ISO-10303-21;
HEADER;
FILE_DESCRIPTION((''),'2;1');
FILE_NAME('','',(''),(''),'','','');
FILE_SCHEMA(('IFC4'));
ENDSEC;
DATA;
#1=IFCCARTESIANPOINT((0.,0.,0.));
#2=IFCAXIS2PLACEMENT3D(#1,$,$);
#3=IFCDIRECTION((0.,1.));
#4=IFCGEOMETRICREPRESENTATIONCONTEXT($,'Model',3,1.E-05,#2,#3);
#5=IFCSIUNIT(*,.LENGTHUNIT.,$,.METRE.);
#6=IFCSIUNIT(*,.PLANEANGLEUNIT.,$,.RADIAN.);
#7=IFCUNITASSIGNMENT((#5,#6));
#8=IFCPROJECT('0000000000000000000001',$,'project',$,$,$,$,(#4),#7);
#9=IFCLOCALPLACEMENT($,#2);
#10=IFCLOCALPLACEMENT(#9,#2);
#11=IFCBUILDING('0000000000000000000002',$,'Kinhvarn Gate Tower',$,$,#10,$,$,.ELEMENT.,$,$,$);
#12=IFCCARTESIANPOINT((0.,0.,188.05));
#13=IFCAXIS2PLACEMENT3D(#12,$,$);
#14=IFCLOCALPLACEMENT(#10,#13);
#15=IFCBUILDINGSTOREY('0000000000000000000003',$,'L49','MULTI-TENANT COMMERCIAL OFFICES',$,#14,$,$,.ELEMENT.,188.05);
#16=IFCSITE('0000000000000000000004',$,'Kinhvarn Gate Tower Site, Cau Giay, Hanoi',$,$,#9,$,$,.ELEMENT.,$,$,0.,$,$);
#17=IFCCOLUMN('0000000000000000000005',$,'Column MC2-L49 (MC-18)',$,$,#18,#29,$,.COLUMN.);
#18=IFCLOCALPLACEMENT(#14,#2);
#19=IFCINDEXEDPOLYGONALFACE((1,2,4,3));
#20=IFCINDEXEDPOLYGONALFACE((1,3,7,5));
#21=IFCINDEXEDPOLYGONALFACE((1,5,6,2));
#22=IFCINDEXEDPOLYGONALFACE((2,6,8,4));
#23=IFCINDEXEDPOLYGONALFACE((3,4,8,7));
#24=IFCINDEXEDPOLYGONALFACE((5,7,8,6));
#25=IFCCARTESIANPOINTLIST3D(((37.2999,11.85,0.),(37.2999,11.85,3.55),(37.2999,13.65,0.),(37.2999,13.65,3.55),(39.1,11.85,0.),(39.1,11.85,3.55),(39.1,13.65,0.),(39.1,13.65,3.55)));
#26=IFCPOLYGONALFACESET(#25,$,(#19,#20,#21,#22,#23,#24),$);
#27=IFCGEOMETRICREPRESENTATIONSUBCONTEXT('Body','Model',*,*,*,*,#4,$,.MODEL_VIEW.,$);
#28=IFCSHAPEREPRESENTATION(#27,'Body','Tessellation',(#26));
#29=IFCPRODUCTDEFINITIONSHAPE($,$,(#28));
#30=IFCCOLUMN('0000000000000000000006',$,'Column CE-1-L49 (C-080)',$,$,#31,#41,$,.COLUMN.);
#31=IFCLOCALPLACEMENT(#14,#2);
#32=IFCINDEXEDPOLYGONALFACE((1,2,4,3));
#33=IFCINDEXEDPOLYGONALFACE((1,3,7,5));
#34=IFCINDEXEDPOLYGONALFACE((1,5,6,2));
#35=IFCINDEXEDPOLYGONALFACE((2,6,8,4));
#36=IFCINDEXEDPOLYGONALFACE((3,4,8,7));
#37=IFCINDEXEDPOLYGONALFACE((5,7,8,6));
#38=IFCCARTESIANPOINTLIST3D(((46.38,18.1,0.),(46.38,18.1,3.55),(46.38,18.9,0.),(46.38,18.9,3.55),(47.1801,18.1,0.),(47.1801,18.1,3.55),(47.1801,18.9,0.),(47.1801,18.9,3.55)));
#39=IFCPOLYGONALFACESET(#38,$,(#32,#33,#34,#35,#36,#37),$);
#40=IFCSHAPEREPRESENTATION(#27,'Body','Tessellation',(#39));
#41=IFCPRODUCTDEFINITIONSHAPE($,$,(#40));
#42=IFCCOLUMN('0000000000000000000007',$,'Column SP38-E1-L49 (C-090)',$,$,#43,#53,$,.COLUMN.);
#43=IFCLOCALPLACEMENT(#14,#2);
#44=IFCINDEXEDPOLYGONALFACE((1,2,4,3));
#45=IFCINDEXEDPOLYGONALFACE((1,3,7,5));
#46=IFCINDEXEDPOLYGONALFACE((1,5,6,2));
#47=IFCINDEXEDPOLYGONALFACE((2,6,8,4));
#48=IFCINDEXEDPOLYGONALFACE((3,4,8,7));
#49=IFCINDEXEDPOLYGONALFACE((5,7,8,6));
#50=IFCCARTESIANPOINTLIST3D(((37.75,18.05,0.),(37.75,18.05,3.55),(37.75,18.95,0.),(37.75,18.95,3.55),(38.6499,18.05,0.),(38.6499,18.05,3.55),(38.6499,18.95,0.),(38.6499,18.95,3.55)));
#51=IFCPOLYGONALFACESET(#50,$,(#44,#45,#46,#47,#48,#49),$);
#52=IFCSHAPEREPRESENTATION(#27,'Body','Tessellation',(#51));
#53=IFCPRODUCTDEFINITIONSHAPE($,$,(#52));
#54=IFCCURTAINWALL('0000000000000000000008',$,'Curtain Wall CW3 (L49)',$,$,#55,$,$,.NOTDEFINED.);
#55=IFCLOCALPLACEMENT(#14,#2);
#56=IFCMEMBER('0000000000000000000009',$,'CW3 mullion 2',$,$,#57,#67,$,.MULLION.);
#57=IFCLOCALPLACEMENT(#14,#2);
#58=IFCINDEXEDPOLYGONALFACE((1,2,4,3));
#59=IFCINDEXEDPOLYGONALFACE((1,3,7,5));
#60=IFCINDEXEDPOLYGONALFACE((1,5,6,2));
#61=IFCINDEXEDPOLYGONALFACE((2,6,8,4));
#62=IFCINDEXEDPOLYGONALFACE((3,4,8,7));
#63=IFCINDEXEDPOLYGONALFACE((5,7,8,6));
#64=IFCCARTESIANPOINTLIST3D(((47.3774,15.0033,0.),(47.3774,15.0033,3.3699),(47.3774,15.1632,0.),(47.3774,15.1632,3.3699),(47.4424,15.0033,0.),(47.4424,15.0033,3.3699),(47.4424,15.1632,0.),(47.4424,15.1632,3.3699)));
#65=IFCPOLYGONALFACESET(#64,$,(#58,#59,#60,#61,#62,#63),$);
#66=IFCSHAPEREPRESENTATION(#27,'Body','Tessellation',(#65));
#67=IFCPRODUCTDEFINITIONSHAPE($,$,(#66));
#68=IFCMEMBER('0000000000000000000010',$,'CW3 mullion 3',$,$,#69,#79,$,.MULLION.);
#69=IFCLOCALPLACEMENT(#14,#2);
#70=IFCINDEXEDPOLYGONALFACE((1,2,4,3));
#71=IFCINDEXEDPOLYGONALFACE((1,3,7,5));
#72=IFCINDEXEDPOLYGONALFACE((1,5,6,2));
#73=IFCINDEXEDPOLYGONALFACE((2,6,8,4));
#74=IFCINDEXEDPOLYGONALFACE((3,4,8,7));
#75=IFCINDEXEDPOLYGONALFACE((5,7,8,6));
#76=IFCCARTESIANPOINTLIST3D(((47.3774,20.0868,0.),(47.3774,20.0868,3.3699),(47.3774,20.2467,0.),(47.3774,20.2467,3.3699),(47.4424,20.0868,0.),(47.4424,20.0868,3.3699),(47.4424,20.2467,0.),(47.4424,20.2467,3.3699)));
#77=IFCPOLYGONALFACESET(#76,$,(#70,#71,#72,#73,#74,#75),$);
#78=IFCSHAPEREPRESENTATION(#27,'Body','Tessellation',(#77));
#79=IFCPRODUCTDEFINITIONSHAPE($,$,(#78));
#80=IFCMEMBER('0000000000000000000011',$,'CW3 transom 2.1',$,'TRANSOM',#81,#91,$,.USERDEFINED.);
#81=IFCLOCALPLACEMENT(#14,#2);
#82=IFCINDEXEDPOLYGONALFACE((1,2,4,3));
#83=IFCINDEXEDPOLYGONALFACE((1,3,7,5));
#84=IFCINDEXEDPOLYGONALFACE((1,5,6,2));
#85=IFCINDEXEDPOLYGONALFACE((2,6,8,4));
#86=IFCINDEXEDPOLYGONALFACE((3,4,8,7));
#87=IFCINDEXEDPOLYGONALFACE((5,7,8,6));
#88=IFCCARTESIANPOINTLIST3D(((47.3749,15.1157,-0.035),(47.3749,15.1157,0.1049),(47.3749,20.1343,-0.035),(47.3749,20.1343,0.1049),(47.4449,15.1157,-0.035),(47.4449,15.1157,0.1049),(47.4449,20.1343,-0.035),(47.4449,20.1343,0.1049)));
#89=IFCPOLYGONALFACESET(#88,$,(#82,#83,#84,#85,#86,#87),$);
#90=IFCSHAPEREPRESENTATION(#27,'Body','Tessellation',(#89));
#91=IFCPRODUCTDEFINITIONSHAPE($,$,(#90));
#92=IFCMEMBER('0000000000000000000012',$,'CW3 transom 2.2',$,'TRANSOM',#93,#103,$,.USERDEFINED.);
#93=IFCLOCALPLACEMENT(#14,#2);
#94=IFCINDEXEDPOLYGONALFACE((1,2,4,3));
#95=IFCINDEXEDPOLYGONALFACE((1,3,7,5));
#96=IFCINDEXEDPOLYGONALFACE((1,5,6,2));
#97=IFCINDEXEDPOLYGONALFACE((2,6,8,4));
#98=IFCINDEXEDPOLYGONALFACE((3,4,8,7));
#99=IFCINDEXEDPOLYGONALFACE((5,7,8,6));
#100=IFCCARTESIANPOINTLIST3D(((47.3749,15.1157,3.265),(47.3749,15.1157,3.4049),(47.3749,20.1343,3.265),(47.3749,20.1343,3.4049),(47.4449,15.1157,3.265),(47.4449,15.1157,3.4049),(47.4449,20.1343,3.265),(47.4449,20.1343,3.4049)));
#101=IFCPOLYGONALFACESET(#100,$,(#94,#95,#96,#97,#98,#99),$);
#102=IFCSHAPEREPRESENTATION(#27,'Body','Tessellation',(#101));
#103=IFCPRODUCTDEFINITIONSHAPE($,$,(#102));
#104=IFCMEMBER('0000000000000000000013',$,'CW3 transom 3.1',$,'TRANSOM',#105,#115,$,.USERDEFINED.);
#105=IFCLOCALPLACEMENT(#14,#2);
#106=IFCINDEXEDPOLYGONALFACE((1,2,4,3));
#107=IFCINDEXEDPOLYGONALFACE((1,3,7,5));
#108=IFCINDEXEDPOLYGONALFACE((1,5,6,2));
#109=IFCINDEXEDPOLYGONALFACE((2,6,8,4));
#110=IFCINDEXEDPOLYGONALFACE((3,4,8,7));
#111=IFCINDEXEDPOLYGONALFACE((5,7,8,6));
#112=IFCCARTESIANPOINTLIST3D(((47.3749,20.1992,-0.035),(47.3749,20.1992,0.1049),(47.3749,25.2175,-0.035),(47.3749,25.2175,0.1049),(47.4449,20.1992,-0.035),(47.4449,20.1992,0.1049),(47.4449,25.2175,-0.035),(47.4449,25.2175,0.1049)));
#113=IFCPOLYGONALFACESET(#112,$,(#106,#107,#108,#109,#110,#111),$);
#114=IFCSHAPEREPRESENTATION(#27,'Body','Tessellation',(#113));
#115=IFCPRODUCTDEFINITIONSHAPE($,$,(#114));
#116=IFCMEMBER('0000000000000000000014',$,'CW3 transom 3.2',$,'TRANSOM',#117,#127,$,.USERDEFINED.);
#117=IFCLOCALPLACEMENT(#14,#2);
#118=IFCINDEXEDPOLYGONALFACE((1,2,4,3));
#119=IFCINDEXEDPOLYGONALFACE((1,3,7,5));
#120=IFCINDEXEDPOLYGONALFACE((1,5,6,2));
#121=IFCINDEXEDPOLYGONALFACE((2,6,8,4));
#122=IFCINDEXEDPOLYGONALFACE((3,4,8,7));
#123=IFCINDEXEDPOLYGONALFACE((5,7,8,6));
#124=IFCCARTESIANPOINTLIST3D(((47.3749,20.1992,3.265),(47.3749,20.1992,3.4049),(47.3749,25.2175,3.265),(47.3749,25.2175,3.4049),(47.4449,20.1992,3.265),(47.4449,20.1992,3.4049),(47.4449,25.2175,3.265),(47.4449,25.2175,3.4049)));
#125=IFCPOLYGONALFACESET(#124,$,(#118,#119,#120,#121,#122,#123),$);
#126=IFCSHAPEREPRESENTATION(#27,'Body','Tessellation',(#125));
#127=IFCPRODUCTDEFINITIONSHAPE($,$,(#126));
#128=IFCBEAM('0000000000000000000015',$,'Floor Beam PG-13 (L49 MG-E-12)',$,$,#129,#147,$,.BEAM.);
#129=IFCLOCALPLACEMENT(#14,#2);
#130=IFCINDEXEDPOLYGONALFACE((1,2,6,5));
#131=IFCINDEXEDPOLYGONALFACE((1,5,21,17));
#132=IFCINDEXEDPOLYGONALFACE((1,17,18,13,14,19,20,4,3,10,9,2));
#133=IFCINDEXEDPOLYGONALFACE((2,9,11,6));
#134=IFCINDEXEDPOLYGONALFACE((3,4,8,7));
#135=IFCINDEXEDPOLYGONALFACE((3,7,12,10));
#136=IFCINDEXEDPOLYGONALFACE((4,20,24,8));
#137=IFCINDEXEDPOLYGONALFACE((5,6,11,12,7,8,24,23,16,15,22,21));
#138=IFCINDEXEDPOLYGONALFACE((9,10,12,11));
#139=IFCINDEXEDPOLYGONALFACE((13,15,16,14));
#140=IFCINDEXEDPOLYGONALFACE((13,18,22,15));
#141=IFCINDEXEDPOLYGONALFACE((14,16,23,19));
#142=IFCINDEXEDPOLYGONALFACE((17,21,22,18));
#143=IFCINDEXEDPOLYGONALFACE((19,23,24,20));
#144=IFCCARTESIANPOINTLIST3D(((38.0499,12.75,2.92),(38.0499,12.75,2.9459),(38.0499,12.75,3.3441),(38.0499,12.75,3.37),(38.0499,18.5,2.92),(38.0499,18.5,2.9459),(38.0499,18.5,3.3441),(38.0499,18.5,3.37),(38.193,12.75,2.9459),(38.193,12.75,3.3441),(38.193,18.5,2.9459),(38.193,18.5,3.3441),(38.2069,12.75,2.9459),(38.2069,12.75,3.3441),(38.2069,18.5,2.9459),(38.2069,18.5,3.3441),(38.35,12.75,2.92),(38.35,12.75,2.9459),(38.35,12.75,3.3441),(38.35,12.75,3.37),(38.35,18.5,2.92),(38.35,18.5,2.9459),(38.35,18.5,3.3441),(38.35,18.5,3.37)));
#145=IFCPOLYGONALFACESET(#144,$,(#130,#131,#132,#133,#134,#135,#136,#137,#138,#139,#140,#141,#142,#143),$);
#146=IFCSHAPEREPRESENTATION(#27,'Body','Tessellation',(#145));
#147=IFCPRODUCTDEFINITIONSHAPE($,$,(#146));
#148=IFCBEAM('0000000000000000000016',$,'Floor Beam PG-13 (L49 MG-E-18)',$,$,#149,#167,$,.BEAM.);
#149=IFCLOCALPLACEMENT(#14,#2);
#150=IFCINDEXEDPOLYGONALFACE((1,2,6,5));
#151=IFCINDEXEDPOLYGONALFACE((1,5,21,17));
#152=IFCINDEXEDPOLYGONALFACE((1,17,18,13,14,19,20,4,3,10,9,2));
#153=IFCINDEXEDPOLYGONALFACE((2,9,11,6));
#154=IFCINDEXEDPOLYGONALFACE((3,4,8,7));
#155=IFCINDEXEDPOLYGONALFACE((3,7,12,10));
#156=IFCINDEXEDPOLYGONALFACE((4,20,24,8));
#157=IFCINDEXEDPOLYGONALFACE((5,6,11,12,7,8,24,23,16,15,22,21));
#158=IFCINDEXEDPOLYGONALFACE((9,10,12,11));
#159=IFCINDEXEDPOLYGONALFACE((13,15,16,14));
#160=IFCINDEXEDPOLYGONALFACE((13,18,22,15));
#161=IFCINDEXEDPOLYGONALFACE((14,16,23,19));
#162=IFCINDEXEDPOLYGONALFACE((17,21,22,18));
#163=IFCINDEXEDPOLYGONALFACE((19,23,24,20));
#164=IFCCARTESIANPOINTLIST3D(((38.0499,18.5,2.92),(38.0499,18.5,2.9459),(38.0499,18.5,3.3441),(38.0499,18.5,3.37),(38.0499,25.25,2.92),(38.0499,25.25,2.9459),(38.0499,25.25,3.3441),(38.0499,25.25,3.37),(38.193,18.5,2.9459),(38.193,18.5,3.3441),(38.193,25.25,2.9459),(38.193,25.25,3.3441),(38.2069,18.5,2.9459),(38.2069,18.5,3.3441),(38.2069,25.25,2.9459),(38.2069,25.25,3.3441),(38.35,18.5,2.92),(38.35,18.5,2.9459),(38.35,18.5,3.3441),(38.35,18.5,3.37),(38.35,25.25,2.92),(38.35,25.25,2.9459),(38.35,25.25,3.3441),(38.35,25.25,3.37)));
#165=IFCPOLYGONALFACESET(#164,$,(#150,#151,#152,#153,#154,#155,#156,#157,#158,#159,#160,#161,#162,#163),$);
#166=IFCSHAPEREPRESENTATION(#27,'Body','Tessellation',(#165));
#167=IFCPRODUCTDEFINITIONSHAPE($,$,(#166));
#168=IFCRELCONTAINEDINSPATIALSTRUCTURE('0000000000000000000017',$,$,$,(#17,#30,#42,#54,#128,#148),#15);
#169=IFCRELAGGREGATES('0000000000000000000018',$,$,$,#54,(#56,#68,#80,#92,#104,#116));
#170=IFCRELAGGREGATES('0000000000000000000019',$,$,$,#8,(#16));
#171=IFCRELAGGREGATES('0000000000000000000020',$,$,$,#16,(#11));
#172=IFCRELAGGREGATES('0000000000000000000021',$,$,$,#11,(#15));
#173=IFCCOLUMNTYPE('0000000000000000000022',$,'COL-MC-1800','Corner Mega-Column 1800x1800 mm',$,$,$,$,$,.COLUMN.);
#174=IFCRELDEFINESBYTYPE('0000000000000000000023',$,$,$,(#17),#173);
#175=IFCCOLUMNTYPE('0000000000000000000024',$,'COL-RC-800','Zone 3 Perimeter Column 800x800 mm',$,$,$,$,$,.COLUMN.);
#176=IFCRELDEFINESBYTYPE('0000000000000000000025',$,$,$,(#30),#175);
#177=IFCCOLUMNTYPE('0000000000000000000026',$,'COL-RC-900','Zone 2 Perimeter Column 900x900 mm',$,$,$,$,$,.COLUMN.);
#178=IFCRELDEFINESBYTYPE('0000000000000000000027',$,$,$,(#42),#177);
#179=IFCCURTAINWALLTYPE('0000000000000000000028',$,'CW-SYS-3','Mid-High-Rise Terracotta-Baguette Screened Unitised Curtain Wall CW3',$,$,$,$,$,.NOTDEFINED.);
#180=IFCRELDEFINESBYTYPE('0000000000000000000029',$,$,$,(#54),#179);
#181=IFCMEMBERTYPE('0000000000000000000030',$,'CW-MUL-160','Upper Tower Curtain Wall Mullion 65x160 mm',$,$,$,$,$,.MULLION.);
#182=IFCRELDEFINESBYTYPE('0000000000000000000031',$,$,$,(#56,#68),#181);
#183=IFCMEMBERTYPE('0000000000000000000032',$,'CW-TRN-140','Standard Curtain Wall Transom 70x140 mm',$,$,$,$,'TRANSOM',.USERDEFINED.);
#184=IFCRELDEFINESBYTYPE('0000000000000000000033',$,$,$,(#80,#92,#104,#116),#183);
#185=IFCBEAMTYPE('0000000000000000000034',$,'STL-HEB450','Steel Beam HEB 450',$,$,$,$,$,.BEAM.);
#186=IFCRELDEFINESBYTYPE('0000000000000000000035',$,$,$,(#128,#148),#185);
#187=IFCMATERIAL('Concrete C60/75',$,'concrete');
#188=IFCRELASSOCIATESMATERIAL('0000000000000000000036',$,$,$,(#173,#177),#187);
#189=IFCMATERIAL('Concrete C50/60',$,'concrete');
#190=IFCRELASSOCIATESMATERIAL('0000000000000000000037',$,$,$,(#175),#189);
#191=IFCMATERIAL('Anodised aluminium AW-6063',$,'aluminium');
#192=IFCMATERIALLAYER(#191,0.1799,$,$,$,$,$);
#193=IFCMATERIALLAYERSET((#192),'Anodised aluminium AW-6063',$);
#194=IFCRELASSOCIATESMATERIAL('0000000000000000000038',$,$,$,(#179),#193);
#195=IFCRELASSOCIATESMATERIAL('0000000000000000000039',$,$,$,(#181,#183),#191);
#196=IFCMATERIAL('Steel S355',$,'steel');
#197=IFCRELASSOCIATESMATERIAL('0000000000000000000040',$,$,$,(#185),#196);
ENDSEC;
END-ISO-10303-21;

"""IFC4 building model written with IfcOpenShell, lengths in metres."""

from ifc_helpers import new_model, si_unit, direction, frame, origin, origin_2d, place, context, subcontext, project, spatial, rectangle, i_section, extrude, material, layer, layer_set, material_profile, profile_set, type_object, element, aggregate, save


model = new_model("IFC4")

# Units and contexts
model_context = context("Model", 3, precision=1e-05, world=origin(), true_north=direction((0.0, 1.0)))
body_context = subcontext(model_context, "Body", "Model", "MODEL_VIEW")
ifc_project = project(units=[si_unit("LENGTHUNIT", "METRE"), si_unit("PLANEANGLEUNIT", "RADIAN")], contexts=[model_context])

# Site, building, storey
site_placement = place(None, origin())
site = spatial("IfcSite", under=ifc_project, at=site_placement, Name="Kinhvarn Gate Tower Site, Cau Giay, Hanoi", CompositionType="ELEMENT", RefElevation=0.0)
building_placement = place(site_placement, origin())
building = spatial("IfcBuilding", under=site, at=building_placement, Name="Kinhvarn Gate Tower", CompositionType="ELEMENT")
storey_placement = place(building_placement, frame((0.0, 0.0, 188.05)))
storey = spatial("IfcBuildingStorey", under=building, at=storey_placement, Name="L49", Description="MULTI-TENANT COMMERCIAL OFFICES", CompositionType="ELEMENT", Elevation=188.05)

# Columns
ifc_material_1 = material(Name="Concrete C60/75", Category="concrete")
ifc_material_profile_1 = material_profile(ifc_material_1, rectangle(XDim=1.8, YDim=1.8, at=origin_2d()), Name="RC 1800x1800")
ifc_profile_set_1 = profile_set([ifc_material_profile_1], Name="Concrete C60/75")
column_type_1 = type_object("IfcColumnType", Name="COL-MC-1800", Description="Corner Mega-Column 1800x1800 mm", PredefinedType="COLUMN", material=ifc_profile_set_1)
column_1_placement = place(storey_placement, frame((38.2, 12.75, 0.0), z_axis=(0.0, 0.0, 1.0), x_axis=(1.0, 0.0, 0.0)))
element("IfcColumn", 1, at=column_1_placement, inside=storey, type_object=column_type_1, Name="Column MC2-L49 (MC-18)", PredefinedType="COLUMN", context=body_context, shape_type="SweptSolid", body=[
    extrude(rectangle(XDim=1.8, YDim=1.8, at=origin_2d()), origin(), (0.0, 0.0, 1.0), 3.55),
])
ifc_material_2 = material(Name="Concrete C50/60", Category="concrete")
ifc_material_profile_2 = material_profile(ifc_material_2, rectangle(XDim=0.8, YDim=0.8, at=origin_2d()), Name="RC 800x800")
ifc_profile_set_2 = profile_set([ifc_material_profile_2], Name="Concrete C50/60")
column_type_2 = type_object("IfcColumnType", Name="COL-RC-800", Description="Zone 3 Perimeter Column 800x800 mm", PredefinedType="COLUMN", material=ifc_profile_set_2)
column_2_placement = place(storey_placement, frame((46.78, 18.5, 0.0), z_axis=(0.0, 0.0, 1.0), x_axis=(1.0, 0.0, 0.0)))
element("IfcColumn", 2, at=column_2_placement, inside=storey, type_object=column_type_2, Name="Column CE-1-L49 (C-080)", PredefinedType="COLUMN", context=body_context, shape_type="SweptSolid", body=[
    extrude(rectangle(XDim=0.8, YDim=0.8, at=origin_2d()), origin(), (0.0, 0.0, 1.0), 3.55),
])
ifc_material_profile_3 = material_profile(ifc_material_1, rectangle(XDim=0.8999, YDim=0.8999, at=origin_2d()), Name="RC 900x900")
ifc_profile_set_3 = profile_set([ifc_material_profile_3], Name="Concrete C60/75")
column_type_3 = type_object("IfcColumnType", Name="COL-RC-900", Description="Zone 2 Perimeter Column 900x900 mm", PredefinedType="COLUMN", material=ifc_profile_set_3)
column_3_placement = place(storey_placement, frame((38.2, 18.5, 0.0), z_axis=(0.0, 0.0, 1.0), x_axis=(1.0, 0.0, 0.0)))
element("IfcColumn", 3, at=column_3_placement, inside=storey, type_object=column_type_3, Name="Column SP38-E1-L49 (C-090)", PredefinedType="COLUMN", context=body_context, shape_type="SweptSolid", body=[
    extrude(rectangle(XDim=0.8999, YDim=0.8999, at=origin_2d()), origin(), (0.0, 0.0, 1.0), 3.55),
])

# Curtain wall, members
ifc_material_3 = material(Name="Anodised aluminium AW-6063", Category="aluminium")
ifc_layer_1 = layer(ifc_material_3, 0.1799)
ifc_layer_set_1 = layer_set([ifc_layer_1], Name="Anodised aluminium AW-6063")
curtain_wall_type = type_object("IfcCurtainWallType", Name="CW-SYS-3", Description="Mid-High-Rise Terracotta-Baguette Screened Unitised Curtain Wall CW3", PredefinedType="NOTDEFINED", material=ifc_layer_set_1)
curtain_wall_placement = place(storey_placement, origin())
curtain_wall = element("IfcCurtainWall", 4, at=curtain_wall_placement, inside=storey, type_object=curtain_wall_type, Name="Curtain Wall CW3 (L49)", PredefinedType="NOTDEFINED")
ifc_material_profile_4 = material_profile(ifc_material_3, rectangle(XDim=0.0649, YDim=0.1599, at=origin_2d()), Name="ALU 65x160")
ifc_profile_set_4 = profile_set([ifc_material_profile_4], Name="Anodised aluminium AW-6063")
member_type_1 = type_object("IfcMemberType", Name="CW-MUL-160", Description="Upper Tower Curtain Wall Mullion 65x160 mm", PredefinedType="MULLION", material=ifc_profile_set_4)
member_1_placement = place(storey_placement, frame((47.4099, 15.0833, 0.0), z_axis=(0.0, 0.0, 1.0), x_axis=(-1.0, 0.0, 0.0)))
member_1 = element("IfcMember", 5, at=member_1_placement, type_object=member_type_1, Name="CW3 mullion 2", PredefinedType="MULLION", context=body_context, shape_type="SweptSolid", body=[
    extrude(rectangle(XDim=0.0649, YDim=0.1599, at=origin_2d()), origin(), (0.0, 0.0, 1.0), 3.3699),
])
member_2_placement = place(storey_placement, frame((47.4099, 20.1667, 0.0), z_axis=(0.0, 0.0, 1.0), x_axis=(-1.0, 0.0, 0.0)))
member_2 = element("IfcMember", 6, at=member_2_placement, type_object=member_type_1, Name="CW3 mullion 3", PredefinedType="MULLION", context=body_context, shape_type="SweptSolid", body=[
    extrude(rectangle(XDim=0.0649, YDim=0.1599, at=origin_2d()), origin(), (0.0, 0.0, 1.0), 3.3699),
])
ifc_material_profile_5 = material_profile(ifc_material_3, rectangle(XDim=0.0701, YDim=0.1399, at=origin_2d()), Name="ALU 70x140")
ifc_profile_set_5 = profile_set([ifc_material_profile_5], Name="Anodised aluminium AW-6063")
member_type_2 = type_object("IfcMemberType", Name="CW-TRN-140", Description="Standard Curtain Wall Transom 70x140 mm", ElementType="TRANSOM", PredefinedType="USERDEFINED", material=ifc_profile_set_5)
member_3_placement = place(storey_placement, frame((47.4099, 15.1157, 0.0349), z_axis=(0.0, 1.0, 0.0), x_axis=(-1.0, 0.0, 0.0)))
member_3 = element("IfcMember", 7, at=member_3_placement, type_object=member_type_2, Name="CW3 transom 2.1", ObjectType="TRANSOM", PredefinedType="USERDEFINED", context=body_context, shape_type="SweptSolid", body=[
    extrude(rectangle(XDim=0.0701, YDim=0.1399, at=origin_2d()), origin(), (0.0, 0.0, 1.0), 5.0186),
])
member_4_placement = place(storey_placement, frame((47.4099, 15.1157, 3.335), z_axis=(0.0, 1.0, 0.0), x_axis=(-1.0, 0.0, 0.0)))
member_4 = element("IfcMember", 8, at=member_4_placement, type_object=member_type_2, Name="CW3 transom 2.2", ObjectType="TRANSOM", PredefinedType="USERDEFINED", context=body_context, shape_type="SweptSolid", body=[
    extrude(rectangle(XDim=0.0701, YDim=0.1399, at=origin_2d()), origin(), (0.0, 0.0, 1.0), 5.0186),
])
member_5_placement = place(storey_placement, frame((47.4099, 20.1992, 0.0349), z_axis=(0.0, 1.0, 0.0), x_axis=(-1.0, 0.0, 0.0)))
member_5 = element("IfcMember", 9, at=member_5_placement, type_object=member_type_2, Name="CW3 transom 3.1", ObjectType="TRANSOM", PredefinedType="USERDEFINED", context=body_context, shape_type="SweptSolid", body=[
    extrude(rectangle(XDim=0.0701, YDim=0.1399, at=origin_2d()), origin(), (0.0, 0.0, 1.0), 5.0183),
])
member_6_placement = place(storey_placement, frame((47.4099, 20.1992, 3.335), z_axis=(0.0, 1.0, 0.0), x_axis=(-1.0, 0.0, 0.0)))
member_6 = element("IfcMember", 10, at=member_6_placement, type_object=member_type_2, Name="CW3 transom 3.2", ObjectType="TRANSOM", PredefinedType="USERDEFINED", context=body_context, shape_type="SweptSolid", body=[
    extrude(rectangle(XDim=0.0701, YDim=0.1399, at=origin_2d()), origin(), (0.0, 0.0, 1.0), 5.0183),
])

# Beams
ifc_material_4 = material(Name="Steel S355", Category="steel")
ifc_material_profile_6 = material_profile(ifc_material_4, i_section(OverallWidth=0.3, OverallDepth=0.45, WebThickness=0.0139, FlangeThickness=0.0259, at=origin_2d()), Name="HEB 450")
ifc_profile_set_6 = profile_set([ifc_material_profile_6], Name="Steel S355")
beam_type_1 = type_object("IfcBeamType", Name="STL-HEB450", Description="Steel Beam HEB 450", PredefinedType="BEAM", material=ifc_profile_set_6)
beam_1_placement = place(storey_placement, frame((38.2, 12.75, 3.145), z_axis=(0.0, 1.0, 0.0), x_axis=(-1.0, 0.0, 0.0)))
element("IfcBeam", 11, at=beam_1_placement, inside=storey, type_object=beam_type_1, Name="Floor Beam PG-13 (L49 MG-E-12)", PredefinedType="BEAM", context=body_context, shape_type="SweptSolid", body=[
    extrude(i_section(OverallWidth=0.3, OverallDepth=0.45, WebThickness=0.0139, FlangeThickness=0.0259, at=origin_2d()), origin(), (0.0, 0.0, 1.0), 5.75),
])
beam_2_placement = place(storey_placement, frame((38.2, 18.5, 3.145), z_axis=(0.0, 1.0, 0.0), x_axis=(-1.0, 0.0, 0.0)))
element("IfcBeam", 12, at=beam_2_placement, inside=storey, type_object=beam_type_1, Name="Floor Beam PG-13 (L49 MG-E-18)", PredefinedType="BEAM", context=body_context, shape_type="SweptSolid", body=[
    extrude(i_section(OverallWidth=0.3, OverallDepth=0.45, WebThickness=0.0139, FlangeThickness=0.0259, at=origin_2d()), origin(), (0.0, 0.0, 1.0), 6.75),
])

aggregate(curtain_wall, [member_1, member_2, member_3, member_4, member_5, member_6])

save(model, "model.ifc")
